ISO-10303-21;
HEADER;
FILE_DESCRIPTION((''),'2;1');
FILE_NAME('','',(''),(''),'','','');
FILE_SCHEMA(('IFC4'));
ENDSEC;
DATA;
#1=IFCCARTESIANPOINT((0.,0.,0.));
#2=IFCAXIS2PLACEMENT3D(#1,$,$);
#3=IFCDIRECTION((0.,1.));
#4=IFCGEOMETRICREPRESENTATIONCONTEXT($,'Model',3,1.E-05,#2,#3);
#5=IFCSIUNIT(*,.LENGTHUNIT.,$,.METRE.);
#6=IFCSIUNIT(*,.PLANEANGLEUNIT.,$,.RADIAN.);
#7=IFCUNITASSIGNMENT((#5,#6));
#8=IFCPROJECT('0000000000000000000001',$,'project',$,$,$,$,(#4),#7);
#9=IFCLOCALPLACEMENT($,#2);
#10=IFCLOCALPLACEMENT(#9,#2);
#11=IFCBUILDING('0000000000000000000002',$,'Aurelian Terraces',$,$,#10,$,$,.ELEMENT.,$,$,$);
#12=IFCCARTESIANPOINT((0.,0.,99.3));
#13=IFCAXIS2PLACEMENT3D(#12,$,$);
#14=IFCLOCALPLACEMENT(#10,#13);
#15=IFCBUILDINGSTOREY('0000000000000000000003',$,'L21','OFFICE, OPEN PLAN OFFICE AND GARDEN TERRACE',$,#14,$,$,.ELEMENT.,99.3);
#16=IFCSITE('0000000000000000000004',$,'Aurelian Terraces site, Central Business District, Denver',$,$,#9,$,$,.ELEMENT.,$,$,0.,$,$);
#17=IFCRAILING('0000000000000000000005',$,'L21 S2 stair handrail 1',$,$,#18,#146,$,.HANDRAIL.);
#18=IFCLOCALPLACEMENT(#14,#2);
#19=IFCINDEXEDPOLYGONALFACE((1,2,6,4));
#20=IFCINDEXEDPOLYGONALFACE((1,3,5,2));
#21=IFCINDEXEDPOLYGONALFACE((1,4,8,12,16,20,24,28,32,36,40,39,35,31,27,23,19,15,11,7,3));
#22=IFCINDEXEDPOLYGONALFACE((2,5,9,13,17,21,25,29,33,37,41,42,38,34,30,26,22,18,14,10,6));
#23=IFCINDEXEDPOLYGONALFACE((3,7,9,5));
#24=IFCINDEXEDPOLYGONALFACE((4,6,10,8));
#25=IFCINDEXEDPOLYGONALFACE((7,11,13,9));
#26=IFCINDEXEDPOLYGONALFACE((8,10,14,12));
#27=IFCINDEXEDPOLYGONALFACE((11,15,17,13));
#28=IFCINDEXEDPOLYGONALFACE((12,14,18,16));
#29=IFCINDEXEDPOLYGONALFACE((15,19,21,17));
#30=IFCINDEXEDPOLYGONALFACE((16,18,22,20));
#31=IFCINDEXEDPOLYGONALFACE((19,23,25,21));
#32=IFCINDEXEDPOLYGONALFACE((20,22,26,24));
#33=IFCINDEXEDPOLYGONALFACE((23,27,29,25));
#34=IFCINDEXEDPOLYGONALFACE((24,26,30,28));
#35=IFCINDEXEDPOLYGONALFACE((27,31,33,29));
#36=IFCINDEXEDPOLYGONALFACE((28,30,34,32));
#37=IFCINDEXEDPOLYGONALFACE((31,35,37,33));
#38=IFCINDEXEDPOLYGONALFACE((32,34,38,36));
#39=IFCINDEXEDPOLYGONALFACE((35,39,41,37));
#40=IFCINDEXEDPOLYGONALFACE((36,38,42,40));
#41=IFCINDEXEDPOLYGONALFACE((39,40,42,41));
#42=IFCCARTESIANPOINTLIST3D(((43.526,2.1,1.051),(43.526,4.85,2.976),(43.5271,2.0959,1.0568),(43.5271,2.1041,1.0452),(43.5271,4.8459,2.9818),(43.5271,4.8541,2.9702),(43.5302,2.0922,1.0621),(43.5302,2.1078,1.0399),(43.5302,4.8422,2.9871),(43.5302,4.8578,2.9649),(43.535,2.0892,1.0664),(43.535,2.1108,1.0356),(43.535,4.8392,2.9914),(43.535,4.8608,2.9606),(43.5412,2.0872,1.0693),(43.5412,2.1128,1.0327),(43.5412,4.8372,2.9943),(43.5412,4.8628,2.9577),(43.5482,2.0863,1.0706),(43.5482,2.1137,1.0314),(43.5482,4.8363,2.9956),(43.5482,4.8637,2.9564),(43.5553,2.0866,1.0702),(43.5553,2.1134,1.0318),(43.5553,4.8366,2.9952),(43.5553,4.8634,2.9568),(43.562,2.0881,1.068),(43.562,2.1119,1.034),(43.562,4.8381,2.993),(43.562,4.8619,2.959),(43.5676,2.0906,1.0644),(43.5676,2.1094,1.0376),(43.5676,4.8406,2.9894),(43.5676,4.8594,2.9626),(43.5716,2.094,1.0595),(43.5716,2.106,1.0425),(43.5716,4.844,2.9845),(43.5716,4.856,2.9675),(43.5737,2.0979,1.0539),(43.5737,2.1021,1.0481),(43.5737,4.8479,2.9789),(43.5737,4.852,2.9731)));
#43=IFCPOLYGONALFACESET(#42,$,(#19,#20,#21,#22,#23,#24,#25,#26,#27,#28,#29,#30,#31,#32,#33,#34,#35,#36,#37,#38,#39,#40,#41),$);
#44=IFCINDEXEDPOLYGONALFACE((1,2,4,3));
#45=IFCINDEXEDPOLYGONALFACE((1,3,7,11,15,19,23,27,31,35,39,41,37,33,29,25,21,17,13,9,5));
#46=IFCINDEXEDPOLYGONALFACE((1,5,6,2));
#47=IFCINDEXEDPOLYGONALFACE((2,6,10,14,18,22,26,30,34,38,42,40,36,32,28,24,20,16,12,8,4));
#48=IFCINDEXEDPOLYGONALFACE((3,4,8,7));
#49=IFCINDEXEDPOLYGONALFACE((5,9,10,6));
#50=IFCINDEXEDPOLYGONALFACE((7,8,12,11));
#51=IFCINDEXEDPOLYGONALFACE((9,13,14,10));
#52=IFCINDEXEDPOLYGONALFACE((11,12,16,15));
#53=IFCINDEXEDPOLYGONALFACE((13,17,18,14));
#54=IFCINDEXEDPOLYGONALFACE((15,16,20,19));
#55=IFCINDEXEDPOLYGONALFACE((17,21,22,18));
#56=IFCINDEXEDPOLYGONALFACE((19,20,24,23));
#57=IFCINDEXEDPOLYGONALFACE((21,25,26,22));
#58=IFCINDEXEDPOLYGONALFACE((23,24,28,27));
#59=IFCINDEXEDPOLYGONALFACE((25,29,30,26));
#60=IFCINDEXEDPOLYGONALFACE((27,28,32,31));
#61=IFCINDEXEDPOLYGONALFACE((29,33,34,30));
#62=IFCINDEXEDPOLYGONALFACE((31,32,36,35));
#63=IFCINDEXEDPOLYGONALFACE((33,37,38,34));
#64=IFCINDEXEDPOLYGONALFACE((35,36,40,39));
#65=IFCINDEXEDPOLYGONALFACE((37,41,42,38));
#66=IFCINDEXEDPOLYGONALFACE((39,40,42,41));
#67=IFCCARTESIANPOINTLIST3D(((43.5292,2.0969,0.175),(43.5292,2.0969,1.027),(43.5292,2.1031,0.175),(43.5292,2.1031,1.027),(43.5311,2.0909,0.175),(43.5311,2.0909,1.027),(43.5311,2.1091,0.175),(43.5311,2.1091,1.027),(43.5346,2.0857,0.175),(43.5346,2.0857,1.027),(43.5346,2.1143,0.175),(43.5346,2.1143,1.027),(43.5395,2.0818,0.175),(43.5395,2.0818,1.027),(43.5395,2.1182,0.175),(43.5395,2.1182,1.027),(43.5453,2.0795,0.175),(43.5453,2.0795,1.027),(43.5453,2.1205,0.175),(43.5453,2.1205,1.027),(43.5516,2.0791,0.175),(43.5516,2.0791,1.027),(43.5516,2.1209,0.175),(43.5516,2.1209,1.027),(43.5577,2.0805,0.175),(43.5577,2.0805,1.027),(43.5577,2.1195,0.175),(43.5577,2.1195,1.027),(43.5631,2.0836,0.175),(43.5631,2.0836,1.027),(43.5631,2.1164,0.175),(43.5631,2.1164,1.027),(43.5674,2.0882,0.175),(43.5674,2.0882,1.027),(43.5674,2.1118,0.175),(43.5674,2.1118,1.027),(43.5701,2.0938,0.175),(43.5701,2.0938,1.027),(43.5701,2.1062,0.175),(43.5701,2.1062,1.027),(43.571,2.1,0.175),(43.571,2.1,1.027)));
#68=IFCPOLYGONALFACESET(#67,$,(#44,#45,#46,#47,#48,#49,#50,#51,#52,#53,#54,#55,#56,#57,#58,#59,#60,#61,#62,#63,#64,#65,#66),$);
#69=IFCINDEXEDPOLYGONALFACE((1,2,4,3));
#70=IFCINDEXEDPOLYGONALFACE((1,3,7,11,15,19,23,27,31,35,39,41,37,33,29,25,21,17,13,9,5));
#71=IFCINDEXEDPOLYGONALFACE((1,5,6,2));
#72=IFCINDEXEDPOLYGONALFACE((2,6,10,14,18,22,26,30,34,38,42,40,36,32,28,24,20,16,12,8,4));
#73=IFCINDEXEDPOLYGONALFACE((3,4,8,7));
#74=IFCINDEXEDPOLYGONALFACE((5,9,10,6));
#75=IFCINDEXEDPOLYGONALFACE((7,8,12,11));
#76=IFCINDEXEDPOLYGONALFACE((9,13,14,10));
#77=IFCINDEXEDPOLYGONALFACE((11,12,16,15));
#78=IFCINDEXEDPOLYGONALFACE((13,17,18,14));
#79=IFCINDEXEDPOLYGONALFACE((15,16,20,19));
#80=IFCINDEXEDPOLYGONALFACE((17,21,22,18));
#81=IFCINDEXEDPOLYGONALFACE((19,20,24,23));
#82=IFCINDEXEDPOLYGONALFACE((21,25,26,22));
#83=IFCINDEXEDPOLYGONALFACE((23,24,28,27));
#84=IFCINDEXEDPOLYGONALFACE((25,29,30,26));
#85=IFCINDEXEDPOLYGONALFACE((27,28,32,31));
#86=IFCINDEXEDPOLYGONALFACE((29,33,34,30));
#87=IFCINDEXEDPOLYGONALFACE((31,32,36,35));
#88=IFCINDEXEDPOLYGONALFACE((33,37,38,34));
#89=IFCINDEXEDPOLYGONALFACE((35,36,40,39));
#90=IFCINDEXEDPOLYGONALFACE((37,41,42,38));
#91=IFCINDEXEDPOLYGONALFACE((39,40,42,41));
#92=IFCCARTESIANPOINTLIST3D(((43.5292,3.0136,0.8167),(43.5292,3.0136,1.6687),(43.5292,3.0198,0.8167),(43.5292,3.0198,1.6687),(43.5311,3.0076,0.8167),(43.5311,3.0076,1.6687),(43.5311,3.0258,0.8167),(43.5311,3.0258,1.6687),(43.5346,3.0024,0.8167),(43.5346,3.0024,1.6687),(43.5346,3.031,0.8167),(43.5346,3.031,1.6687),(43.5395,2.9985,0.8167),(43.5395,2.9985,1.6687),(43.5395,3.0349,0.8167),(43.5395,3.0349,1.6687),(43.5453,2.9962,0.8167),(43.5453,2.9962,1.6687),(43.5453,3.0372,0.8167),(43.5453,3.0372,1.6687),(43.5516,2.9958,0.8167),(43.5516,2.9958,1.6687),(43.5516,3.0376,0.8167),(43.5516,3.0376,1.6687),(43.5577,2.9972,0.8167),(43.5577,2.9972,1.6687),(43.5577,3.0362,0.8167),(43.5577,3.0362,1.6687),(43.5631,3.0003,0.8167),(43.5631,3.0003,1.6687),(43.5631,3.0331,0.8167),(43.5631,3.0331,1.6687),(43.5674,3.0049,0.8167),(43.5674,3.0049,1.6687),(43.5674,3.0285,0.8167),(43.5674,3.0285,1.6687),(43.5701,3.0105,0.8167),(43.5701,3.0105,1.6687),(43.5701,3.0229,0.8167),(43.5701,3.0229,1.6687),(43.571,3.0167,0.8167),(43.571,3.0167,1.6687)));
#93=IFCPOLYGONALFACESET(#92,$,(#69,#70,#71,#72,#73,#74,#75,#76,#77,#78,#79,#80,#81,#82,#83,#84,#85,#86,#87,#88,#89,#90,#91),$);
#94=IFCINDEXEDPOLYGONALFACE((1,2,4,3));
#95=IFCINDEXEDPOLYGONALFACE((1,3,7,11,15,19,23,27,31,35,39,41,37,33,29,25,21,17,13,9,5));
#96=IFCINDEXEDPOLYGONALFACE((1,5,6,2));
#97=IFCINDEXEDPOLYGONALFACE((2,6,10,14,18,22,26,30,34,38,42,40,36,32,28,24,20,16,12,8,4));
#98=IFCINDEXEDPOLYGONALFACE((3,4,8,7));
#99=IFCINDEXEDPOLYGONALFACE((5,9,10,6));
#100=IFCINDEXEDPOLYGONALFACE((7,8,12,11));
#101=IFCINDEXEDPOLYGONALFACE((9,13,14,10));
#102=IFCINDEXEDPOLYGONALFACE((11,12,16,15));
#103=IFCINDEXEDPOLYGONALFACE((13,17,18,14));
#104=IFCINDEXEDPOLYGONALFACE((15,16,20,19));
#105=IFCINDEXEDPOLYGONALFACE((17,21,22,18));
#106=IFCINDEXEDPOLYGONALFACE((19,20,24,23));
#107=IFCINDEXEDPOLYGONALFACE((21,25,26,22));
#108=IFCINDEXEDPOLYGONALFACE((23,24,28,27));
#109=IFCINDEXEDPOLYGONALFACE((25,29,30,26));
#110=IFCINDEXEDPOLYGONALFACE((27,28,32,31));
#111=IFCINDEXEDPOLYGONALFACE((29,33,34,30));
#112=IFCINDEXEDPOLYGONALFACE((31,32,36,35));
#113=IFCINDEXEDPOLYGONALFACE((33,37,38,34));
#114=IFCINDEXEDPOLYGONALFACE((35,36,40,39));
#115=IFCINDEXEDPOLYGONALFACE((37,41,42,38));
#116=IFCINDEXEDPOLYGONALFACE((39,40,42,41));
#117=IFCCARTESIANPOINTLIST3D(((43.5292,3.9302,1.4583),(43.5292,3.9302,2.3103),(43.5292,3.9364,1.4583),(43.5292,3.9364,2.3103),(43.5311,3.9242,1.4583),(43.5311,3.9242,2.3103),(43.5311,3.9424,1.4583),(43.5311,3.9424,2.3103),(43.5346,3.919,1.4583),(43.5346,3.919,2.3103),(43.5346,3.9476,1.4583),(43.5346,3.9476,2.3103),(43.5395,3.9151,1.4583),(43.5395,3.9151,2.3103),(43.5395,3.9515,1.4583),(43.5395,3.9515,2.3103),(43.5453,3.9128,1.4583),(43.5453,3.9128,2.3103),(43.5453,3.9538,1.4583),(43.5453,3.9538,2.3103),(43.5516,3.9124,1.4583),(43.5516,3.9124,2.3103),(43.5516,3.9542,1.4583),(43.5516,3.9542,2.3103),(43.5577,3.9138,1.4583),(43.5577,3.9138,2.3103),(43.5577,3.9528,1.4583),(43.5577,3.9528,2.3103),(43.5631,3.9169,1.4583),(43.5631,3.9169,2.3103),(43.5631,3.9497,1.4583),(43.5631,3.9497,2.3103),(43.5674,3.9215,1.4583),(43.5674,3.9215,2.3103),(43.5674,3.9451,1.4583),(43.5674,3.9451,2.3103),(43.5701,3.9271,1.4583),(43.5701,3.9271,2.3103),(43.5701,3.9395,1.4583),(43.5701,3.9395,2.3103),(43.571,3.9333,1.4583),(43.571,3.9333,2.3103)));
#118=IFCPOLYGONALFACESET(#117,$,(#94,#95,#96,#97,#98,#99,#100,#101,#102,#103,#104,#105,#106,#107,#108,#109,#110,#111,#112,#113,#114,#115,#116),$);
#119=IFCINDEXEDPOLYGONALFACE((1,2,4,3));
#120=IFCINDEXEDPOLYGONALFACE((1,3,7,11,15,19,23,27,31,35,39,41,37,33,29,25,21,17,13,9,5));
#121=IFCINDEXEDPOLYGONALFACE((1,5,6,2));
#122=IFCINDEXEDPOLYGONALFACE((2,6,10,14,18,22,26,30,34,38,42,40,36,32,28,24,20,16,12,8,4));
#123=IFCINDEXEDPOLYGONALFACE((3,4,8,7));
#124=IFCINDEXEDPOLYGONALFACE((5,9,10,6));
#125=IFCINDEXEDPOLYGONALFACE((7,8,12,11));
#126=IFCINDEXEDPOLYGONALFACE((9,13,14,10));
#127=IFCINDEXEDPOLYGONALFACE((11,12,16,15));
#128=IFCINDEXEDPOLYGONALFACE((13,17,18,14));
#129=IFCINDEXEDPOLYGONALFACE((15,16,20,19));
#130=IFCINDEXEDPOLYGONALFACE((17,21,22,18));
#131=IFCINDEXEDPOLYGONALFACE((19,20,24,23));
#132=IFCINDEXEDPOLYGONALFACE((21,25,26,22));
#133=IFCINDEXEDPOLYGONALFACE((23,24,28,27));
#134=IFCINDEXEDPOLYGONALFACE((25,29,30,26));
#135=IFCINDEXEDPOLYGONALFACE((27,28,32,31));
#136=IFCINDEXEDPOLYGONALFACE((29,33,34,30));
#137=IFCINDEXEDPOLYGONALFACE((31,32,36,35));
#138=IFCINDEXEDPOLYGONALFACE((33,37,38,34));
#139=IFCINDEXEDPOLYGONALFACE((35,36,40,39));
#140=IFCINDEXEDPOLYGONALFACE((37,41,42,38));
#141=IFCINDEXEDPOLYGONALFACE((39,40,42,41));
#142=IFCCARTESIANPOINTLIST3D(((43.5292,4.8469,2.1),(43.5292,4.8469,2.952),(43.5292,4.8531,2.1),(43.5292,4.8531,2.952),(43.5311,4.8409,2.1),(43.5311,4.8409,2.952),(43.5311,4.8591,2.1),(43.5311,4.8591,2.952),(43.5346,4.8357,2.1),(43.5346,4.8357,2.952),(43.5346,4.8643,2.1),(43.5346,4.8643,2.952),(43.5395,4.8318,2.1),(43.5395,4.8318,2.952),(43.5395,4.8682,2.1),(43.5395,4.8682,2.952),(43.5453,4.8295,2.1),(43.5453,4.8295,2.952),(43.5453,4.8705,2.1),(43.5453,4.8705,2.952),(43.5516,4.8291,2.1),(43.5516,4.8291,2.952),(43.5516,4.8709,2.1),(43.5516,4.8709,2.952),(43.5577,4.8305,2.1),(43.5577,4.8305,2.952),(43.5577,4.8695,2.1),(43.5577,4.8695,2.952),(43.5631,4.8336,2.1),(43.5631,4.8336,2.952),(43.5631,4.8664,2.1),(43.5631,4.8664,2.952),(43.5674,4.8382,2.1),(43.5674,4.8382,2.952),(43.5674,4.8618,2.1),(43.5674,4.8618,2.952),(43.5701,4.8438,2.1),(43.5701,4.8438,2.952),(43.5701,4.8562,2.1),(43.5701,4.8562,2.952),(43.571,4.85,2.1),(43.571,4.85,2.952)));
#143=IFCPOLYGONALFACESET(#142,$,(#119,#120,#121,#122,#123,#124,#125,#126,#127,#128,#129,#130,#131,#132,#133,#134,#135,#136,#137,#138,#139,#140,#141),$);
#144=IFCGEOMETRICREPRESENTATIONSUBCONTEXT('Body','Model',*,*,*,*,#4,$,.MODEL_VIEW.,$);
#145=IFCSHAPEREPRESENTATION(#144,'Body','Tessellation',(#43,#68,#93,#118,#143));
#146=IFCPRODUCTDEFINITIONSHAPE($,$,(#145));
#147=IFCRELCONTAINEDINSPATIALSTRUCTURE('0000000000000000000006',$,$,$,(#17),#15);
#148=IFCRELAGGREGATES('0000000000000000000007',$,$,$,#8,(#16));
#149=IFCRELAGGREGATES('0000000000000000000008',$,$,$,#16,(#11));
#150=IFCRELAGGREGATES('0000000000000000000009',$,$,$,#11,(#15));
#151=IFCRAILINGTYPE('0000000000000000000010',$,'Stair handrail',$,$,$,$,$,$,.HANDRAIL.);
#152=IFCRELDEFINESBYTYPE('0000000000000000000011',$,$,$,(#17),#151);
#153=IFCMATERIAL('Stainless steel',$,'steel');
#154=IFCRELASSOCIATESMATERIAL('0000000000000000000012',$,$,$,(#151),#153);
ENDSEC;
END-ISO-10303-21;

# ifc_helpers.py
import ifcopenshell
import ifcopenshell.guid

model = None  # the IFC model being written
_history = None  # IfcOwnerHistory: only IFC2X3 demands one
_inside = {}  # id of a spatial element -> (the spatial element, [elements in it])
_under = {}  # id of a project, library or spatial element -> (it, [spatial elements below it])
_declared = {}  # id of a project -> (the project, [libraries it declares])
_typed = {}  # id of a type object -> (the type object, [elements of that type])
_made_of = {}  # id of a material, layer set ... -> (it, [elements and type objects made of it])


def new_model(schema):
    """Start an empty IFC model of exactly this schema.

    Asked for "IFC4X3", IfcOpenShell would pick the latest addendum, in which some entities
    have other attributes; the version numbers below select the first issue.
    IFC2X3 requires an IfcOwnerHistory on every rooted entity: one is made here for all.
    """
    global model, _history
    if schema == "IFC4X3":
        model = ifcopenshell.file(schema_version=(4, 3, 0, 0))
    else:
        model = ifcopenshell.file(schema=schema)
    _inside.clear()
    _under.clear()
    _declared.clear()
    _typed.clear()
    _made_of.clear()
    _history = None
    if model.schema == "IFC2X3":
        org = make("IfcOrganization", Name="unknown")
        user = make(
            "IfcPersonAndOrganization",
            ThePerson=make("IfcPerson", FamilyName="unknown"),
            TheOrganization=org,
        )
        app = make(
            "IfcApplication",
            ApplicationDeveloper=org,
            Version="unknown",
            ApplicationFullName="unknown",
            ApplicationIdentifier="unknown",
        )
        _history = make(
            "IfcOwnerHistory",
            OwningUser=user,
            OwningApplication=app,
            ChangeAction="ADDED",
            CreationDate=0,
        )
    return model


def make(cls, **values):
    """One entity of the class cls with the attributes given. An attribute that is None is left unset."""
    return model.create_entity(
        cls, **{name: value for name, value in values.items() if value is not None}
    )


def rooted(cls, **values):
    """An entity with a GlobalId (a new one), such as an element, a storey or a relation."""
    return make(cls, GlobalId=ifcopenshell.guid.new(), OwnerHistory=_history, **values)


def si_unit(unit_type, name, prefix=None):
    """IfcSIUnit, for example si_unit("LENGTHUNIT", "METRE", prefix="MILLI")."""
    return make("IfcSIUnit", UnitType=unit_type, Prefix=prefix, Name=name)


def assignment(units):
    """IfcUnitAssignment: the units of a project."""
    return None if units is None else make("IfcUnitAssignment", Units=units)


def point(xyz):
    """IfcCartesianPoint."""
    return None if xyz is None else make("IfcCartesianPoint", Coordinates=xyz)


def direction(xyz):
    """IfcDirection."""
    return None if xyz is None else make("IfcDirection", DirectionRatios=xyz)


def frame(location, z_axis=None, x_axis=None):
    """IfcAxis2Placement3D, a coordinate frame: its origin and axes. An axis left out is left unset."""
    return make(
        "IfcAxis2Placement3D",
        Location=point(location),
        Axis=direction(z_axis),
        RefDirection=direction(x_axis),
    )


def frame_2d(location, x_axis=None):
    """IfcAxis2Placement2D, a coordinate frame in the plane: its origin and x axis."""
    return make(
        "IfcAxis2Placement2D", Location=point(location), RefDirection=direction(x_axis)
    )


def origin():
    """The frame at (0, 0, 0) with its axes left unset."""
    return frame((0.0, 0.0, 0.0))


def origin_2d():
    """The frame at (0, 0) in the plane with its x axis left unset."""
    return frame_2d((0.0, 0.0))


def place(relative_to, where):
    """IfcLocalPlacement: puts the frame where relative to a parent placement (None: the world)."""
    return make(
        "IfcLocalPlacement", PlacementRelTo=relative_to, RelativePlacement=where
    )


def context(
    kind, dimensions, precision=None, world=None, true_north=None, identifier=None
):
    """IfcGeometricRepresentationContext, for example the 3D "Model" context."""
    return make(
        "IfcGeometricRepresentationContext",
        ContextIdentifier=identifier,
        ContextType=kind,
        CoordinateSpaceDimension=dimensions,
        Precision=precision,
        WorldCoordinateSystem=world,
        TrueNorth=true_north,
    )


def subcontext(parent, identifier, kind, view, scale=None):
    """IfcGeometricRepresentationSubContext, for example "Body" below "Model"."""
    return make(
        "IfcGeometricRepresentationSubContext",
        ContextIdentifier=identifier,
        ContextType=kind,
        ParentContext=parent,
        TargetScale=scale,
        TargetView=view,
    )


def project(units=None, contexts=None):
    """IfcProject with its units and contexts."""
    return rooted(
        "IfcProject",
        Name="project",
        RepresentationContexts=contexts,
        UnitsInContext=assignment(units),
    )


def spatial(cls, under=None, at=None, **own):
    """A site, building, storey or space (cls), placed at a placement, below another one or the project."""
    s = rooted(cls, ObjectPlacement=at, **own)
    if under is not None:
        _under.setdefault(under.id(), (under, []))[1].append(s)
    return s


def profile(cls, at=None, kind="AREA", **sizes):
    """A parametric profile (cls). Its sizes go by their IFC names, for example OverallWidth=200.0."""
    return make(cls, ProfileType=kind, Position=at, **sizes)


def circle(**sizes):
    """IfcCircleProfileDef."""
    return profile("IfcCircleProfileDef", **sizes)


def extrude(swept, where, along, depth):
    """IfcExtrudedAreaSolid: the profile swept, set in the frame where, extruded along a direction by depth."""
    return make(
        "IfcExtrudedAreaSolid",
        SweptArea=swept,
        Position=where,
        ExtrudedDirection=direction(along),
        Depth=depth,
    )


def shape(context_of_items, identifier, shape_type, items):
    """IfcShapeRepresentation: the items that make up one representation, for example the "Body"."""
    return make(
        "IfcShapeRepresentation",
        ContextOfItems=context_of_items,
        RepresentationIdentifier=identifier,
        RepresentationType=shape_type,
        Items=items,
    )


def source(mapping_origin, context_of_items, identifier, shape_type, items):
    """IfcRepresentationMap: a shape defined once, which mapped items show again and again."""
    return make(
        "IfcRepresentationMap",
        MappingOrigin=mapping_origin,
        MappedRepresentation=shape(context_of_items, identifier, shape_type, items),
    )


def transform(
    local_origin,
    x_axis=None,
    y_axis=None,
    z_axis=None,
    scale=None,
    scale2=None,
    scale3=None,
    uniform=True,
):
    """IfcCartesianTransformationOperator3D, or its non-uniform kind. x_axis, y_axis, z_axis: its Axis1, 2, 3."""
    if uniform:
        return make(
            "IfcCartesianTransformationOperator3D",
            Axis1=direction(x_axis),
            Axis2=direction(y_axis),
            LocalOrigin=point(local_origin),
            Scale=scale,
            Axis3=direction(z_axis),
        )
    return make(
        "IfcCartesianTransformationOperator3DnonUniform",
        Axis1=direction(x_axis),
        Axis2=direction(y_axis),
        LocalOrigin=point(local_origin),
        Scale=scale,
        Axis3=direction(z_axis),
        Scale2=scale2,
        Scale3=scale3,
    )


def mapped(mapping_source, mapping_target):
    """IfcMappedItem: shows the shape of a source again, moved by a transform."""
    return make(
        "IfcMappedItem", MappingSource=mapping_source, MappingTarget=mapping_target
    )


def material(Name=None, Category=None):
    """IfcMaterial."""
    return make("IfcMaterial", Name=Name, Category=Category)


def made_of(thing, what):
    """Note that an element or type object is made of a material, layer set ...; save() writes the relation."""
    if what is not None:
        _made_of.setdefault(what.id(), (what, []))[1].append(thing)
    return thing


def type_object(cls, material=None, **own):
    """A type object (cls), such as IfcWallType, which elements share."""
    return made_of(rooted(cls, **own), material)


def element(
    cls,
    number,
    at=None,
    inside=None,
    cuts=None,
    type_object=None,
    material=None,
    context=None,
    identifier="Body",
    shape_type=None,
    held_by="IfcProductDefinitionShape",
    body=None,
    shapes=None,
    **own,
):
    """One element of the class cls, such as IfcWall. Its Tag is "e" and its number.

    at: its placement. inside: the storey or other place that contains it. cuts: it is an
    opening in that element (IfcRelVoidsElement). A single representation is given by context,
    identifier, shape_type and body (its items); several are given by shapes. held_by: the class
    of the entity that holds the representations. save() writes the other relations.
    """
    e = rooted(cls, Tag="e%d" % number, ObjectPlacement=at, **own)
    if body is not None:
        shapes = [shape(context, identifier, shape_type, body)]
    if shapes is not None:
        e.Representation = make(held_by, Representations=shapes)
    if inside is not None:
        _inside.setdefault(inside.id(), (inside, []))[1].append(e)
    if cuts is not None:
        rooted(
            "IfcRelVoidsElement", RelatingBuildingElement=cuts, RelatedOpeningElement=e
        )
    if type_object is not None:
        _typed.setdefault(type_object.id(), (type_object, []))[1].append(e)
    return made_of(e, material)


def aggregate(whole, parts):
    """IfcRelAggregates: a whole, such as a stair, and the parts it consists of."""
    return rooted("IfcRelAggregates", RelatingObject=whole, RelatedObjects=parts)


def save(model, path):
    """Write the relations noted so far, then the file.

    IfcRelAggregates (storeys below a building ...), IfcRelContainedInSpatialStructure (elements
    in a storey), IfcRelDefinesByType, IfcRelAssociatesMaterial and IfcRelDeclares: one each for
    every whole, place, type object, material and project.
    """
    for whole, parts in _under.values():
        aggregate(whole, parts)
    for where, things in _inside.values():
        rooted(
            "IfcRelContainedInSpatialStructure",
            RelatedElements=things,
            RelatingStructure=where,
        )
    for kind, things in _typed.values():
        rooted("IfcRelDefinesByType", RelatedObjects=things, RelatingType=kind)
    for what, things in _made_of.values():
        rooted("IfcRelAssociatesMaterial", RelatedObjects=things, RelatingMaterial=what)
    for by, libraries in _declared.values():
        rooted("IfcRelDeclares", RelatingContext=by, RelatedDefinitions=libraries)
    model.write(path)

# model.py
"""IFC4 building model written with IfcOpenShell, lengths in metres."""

from ifc_helpers import new_model, si_unit, direction, frame, origin, origin_2d, place, context, subcontext, project, spatial, circle, extrude, source, transform, mapped, material, type_object, element, save


model = new_model("IFC4")

# Units and contexts
model_context = context("Model", 3, precision=1e-05, world=origin(), true_north=direction((0.0, 1.0)))
body_context = subcontext(model_context, "Body", "Model", "MODEL_VIEW")
ifc_project = project(units=[si_unit("LENGTHUNIT", "METRE"), si_unit("PLANEANGLEUNIT", "RADIAN")], contexts=[model_context])

# Site, building, storey
site_placement = place(None, origin())
site = spatial("IfcSite", under=ifc_project, at=site_placement, Name="Aurelian Terraces site, Central Business District, Denver", CompositionType="ELEMENT", RefElevation=0.0)
building_placement = place(site_placement, origin())
building = spatial("IfcBuilding", under=site, at=building_placement, Name="Aurelian Terraces", CompositionType="ELEMENT")
storey_placement = place(building_placement, frame((0.0, 0.0, 99.3)))
storey = spatial("IfcBuildingStorey", under=building, at=storey_placement, Name="L21", Description="OFFICE, OPEN PLAN OFFICE AND GARDEN TERRACE", CompositionType="ELEMENT", Elevation=99.3)

# Railing
ifc_material_1 = material(Name="Stainless steel", Category="steel")
railing_type_1 = type_object("IfcRailingType", Name="Stair handrail", PredefinedType="HANDRAIL", material=ifc_material_1)
shared_shape_1 = source(origin(), body_context, "Body", "SweptSolid", [
    extrude(circle(Radius=0.024, at=origin_2d()), frame((0.0, 0.0, 0.876), z_axis=(0.0, 0.819232, 0.573462), x_axis=(-1.0, 0.0, 0.0)), (0.0, 0.0, 1.0), 3.3568),
    extrude(circle(Radius=0.021, at=origin_2d()), origin(), (0.0, 0.0, 1.0), 0.852),
    extrude(circle(Radius=0.021, at=origin_2d()), frame((0.0, 0.9167, 0.6417)), (0.0, 0.0, 1.0), 0.852),
    extrude(circle(Radius=0.021, at=origin_2d()), frame((0.0, 1.8333, 1.2833)), (0.0, 0.0, 1.0), 0.852),
    extrude(circle(Radius=0.021, at=origin_2d()), frame((0.0, 2.75, 1.925)), (0.0, 0.0, 1.0), 0.852),
])
railing_1_placement = place(storey_placement, frame((43.55, 2.1, 0.175)))
element("IfcRailing", 1, at=railing_1_placement, inside=storey, type_object=railing_type_1, Name="L21 S2 stair handrail 1", PredefinedType="HANDRAIL", context=body_context, shape_type="MappedRepresentation", body=[
    mapped(shared_shape_1, transform((0.0, 0.0, 0.0), scale=1.0)),
])

save(model, "model.ifc")
